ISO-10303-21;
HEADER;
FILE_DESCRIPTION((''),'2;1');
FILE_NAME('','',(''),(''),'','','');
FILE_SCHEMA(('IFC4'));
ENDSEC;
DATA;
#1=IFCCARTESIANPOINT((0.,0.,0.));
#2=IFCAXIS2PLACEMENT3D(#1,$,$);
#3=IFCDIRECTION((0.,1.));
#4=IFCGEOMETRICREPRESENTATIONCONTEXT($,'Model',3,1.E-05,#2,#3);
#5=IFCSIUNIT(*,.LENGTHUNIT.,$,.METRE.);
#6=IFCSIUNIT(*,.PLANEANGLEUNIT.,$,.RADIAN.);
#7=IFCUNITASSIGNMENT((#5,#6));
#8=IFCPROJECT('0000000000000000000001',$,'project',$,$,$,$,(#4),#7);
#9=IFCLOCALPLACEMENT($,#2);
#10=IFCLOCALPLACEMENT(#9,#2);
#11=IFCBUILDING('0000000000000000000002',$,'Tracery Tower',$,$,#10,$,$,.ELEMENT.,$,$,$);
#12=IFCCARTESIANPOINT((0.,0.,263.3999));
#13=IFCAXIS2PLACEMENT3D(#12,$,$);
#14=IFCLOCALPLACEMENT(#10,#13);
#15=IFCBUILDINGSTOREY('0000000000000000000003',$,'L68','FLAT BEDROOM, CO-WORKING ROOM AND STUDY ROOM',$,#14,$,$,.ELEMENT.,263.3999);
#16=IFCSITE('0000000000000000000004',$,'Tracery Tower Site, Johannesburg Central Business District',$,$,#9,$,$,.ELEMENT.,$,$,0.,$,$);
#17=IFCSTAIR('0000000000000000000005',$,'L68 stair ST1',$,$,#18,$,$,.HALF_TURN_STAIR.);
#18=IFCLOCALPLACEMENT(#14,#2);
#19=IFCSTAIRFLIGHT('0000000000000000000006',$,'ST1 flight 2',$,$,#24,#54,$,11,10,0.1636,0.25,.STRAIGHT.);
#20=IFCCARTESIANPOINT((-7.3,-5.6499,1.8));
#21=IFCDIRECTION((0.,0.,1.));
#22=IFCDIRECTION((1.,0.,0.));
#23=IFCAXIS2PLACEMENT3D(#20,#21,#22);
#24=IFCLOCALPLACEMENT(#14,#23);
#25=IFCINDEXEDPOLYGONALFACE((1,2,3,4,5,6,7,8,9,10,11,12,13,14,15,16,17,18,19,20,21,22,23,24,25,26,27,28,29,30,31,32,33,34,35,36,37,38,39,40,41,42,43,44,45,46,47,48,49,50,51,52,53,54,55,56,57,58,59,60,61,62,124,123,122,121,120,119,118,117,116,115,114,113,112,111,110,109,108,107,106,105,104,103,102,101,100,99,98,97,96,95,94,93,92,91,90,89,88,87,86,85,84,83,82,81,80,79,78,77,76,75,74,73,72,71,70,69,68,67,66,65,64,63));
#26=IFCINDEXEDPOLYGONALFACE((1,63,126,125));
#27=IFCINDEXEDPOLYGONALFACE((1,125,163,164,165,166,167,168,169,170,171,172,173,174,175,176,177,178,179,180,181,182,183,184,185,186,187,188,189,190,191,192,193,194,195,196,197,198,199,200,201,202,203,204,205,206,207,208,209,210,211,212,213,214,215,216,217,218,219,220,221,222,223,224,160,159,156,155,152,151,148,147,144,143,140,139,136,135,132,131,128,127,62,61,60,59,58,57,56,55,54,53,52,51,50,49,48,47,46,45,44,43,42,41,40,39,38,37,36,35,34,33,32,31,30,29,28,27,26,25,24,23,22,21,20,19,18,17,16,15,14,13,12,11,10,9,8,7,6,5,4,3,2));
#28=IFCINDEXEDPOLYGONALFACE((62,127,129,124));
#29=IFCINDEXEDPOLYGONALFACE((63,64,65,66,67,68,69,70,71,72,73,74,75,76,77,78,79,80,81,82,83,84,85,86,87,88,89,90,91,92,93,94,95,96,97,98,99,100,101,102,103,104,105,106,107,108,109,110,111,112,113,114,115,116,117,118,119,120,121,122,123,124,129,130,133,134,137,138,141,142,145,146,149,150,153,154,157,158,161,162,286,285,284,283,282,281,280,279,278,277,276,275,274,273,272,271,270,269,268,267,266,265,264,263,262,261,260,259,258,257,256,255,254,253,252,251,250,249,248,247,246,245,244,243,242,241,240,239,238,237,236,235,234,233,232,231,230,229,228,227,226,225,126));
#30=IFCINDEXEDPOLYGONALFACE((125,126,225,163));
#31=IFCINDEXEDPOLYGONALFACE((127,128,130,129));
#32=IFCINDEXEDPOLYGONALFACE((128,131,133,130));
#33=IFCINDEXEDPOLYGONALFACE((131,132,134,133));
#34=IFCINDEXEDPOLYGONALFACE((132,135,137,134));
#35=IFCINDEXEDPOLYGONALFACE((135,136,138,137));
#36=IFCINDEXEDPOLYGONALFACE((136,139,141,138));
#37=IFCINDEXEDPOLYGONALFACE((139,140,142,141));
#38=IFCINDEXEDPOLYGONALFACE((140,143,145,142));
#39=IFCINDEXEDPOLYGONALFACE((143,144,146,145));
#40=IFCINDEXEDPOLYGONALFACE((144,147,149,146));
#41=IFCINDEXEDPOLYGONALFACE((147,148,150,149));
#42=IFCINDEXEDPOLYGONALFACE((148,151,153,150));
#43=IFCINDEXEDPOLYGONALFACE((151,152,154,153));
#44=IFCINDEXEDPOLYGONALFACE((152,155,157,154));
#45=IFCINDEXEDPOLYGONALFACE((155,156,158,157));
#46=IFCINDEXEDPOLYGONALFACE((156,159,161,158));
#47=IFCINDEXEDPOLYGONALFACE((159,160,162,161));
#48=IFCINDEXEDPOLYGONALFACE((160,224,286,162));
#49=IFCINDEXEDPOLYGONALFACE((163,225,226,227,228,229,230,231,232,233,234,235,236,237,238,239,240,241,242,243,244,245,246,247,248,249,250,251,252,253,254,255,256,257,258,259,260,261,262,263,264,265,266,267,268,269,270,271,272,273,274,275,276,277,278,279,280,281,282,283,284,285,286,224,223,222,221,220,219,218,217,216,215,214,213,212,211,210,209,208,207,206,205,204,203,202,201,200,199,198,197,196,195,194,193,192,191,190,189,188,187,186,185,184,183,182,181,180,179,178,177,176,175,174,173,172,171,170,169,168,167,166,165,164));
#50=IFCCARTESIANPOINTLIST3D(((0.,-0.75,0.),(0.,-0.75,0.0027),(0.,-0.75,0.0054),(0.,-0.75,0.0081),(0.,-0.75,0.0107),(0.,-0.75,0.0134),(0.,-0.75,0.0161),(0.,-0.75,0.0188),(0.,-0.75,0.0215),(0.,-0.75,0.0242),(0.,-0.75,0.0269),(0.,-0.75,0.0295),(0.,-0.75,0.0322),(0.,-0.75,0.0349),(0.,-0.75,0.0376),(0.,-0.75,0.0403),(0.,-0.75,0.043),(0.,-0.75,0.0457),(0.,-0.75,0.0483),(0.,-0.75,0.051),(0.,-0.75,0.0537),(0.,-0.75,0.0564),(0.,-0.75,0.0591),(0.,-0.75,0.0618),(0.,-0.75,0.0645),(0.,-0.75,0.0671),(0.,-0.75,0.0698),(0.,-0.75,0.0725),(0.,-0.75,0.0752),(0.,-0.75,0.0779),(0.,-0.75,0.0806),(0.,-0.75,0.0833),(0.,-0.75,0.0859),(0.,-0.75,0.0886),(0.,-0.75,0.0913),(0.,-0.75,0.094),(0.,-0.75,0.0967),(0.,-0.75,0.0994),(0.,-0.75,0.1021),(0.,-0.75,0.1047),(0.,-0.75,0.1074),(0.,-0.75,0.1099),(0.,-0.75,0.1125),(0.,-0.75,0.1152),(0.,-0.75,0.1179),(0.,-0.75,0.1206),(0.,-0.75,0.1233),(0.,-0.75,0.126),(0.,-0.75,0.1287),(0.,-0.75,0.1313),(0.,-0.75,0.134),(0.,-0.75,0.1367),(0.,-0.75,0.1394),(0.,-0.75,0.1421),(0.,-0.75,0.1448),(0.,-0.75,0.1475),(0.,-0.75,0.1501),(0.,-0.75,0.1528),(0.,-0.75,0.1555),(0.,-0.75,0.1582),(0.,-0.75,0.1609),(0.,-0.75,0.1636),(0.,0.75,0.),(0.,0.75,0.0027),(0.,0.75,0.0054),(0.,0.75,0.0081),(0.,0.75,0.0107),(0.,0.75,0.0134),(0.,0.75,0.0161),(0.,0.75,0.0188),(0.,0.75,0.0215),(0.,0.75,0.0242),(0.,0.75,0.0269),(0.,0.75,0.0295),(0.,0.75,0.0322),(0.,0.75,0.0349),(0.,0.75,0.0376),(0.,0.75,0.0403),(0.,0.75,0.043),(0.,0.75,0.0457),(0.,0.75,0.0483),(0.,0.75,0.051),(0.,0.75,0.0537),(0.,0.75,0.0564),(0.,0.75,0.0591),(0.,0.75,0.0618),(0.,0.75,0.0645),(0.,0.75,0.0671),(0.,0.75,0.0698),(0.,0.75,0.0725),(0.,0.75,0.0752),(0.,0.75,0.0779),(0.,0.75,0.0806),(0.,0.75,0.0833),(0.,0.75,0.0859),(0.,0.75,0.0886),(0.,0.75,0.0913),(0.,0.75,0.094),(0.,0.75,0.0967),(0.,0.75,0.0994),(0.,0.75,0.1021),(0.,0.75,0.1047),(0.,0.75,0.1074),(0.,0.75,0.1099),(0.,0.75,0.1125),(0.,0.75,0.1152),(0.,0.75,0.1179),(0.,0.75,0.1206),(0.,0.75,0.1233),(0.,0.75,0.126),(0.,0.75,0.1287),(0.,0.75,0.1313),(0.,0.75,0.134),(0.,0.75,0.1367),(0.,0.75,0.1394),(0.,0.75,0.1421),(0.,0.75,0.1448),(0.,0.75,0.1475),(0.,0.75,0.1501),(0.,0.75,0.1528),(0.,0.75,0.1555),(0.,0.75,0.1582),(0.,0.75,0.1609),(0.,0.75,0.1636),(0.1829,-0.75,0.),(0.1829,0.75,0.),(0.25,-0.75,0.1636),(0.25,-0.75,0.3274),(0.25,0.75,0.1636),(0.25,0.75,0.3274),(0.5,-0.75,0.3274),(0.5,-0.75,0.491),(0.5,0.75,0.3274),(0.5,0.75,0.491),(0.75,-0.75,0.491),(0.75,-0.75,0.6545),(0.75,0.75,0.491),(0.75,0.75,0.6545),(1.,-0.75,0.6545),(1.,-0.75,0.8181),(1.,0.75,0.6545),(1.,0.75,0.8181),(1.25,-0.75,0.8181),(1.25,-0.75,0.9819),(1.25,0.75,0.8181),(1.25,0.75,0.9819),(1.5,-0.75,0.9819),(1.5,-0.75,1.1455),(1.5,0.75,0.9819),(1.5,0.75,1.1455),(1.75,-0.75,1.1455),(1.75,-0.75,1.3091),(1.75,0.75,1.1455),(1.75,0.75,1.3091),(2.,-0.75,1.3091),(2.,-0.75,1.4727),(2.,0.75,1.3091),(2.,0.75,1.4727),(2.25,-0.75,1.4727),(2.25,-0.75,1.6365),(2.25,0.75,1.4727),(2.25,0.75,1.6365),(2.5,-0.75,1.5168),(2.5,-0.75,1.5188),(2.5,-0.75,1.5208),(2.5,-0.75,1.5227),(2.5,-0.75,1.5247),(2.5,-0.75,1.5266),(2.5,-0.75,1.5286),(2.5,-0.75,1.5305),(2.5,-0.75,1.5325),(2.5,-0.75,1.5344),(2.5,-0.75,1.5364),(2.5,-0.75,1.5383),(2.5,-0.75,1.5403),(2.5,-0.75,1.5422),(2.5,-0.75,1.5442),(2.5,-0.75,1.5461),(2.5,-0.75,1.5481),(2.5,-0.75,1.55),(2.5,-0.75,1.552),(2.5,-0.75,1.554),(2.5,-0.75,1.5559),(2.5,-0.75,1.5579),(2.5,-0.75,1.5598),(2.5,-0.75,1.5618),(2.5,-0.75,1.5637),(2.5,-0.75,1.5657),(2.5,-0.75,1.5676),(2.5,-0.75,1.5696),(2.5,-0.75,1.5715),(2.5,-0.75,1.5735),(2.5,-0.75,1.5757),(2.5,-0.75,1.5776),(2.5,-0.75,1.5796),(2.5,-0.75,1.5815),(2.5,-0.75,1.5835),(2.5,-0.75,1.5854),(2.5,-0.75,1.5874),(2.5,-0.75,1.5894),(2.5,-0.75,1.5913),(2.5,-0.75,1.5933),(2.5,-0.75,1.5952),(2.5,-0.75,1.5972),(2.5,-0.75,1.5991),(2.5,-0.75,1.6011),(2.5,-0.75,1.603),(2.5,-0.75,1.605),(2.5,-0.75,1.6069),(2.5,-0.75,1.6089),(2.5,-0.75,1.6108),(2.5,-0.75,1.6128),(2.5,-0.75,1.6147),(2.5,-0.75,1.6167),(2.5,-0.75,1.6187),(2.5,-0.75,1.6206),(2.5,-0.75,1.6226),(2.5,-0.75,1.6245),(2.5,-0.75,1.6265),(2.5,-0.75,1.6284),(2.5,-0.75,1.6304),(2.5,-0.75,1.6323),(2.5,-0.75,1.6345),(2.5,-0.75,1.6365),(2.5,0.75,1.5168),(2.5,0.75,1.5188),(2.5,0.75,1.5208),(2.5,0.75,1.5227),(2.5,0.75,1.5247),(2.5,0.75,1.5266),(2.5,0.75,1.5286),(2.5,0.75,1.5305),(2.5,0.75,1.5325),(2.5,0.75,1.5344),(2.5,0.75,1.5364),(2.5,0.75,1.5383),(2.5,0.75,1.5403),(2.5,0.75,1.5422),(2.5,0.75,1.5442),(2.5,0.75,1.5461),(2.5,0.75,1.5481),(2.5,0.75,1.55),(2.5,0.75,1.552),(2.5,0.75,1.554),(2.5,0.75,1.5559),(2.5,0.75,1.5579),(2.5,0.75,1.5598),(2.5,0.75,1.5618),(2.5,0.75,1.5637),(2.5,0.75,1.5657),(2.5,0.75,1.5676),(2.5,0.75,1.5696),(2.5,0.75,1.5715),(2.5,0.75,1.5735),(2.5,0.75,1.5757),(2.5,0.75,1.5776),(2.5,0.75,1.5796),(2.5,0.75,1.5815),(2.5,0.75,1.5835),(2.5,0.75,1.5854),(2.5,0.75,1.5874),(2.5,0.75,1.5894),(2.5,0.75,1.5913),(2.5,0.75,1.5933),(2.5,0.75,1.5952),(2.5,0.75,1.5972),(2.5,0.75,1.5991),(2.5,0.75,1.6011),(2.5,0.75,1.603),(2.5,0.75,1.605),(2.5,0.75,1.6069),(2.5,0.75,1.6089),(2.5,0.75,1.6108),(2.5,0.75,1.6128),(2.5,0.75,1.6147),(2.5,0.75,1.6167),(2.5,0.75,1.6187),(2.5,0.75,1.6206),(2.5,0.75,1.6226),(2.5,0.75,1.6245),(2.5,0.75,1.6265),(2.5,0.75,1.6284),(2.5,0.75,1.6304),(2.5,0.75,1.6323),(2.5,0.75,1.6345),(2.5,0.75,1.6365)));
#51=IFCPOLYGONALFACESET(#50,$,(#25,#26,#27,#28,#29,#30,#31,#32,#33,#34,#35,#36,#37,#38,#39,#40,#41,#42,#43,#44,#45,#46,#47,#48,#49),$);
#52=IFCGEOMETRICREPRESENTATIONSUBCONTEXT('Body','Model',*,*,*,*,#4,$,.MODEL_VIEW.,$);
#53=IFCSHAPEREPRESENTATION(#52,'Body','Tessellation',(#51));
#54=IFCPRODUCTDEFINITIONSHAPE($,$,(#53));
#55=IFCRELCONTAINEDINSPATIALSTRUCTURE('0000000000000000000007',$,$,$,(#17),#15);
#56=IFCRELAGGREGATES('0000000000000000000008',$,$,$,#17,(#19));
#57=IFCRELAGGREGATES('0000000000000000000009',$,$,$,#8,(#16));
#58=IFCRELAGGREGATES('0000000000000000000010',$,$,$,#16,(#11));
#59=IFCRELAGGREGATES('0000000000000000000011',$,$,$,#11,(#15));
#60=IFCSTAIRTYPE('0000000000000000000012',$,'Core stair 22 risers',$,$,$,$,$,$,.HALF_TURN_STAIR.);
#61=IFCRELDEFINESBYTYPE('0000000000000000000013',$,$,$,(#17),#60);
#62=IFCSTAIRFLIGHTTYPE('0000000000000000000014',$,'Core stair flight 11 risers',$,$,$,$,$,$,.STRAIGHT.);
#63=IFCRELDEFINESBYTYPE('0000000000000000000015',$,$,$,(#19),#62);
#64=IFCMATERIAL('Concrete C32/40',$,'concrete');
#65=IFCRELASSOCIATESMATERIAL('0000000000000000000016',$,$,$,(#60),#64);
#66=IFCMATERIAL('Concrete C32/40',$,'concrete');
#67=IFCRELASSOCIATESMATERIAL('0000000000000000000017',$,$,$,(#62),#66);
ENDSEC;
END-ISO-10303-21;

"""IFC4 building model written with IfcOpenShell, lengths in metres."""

from ifc_helpers import new_model, si_unit, direction, frame, origin, place, context, subcontext, project, spatial, polyline, outline, extrude, material, type_object, element, aggregate, save


model = new_model("IFC4")

# Units and contexts
model_context = context("Model", 3, precision=1e-05, world=origin(), true_north=direction((0.0, 1.0)))
body_context = subcontext(model_context, "Body", "Model", "MODEL_VIEW")
ifc_project = project(units=[si_unit("LENGTHUNIT", "METRE"), si_unit("PLANEANGLEUNIT", "RADIAN")], contexts=[model_context])

# Site, building, storey
site_placement = place(None, origin())
site = spatial("IfcSite", under=ifc_project, at=site_placement, Name="Tracery Tower Site, Johannesburg Central Business District", CompositionType="ELEMENT", RefElevation=0.0)
building_placement = place(site_placement, origin())
building = spatial("IfcBuilding", under=site, at=building_placement, Name="Tracery Tower", CompositionType="ELEMENT")
storey_placement = place(building_placement, frame((0.0, 0.0, 263.3999)))
storey = spatial("IfcBuildingStorey", under=building, at=storey_placement, Name="L68", Description="FLAT BEDROOM, CO-WORKING ROOM AND STUDY ROOM", CompositionType="ELEMENT", Elevation=263.3999)

# Stair, stair flight
ifc_material_1 = material(Name="Concrete C32/40", Category="concrete")
stair_type = type_object("IfcStairType", Name="Core stair 22 risers", PredefinedType="HALF_TURN_STAIR", material=ifc_material_1)
stair_placement = place(storey_placement, origin())
stair = element("IfcStair", 1, at=stair_placement, inside=storey, type_object=stair_type, Name="L68 stair ST1", PredefinedType="HALF_TURN_STAIR")
ifc_material_2 = material(Name="Concrete C32/40", Category="concrete")
stair_flight_type = type_object("IfcStairFlightType", Name="Core stair flight 11 risers", PredefinedType="STRAIGHT", material=ifc_material_2)
stair_flight_1_placement = place(storey_placement, frame((-7.3, -5.6499, 1.8), z_axis=(0.0, 0.0, 1.0), x_axis=(1.0, 0.0, 0.0)))
stair_flight_1 = element("IfcStairFlight", 2, at=stair_flight_1_placement, type_object=stair_flight_type, Name="ST1 flight 2", NumberOfRisers=11, NumberOfTreads=10, PredefinedType="STRAIGHT", RiserHeight=0.1636, TreadLength=0.25, context=body_context, shape_type="SweptSolid", body=[
    extrude(outline(polyline([(0.0, 0.0), (0.0, 0.0027), (0.0, 0.0054), (0.0, 0.0081), (0.0, 0.0107), (0.0, 0.0134), (0.0, 0.0161), (0.0, 0.0188), (0.0, 0.0215), (0.0, 0.0242), (0.0, 0.0269), (0.0, 0.0295), (0.0, 0.0322), (0.0, 0.0349), (0.0, 0.0376), (0.0, 0.0403), (0.0, 0.043), (0.0, 0.0457), (0.0, 0.0483), (0.0, 0.051), (0.0, 0.0537), (0.0, 0.0564), (0.0, 0.0591), (0.0, 0.0618), (0.0, 0.0645), (0.0, 0.0671), (0.0, 0.0698), (0.0, 0.0725), (0.0, 0.0752), (0.0, 0.0779), (0.0, 0.0806), (0.0, 0.0833), (0.0, 0.0859), (0.0, 0.0886), (0.0, 0.0913), (0.0, 0.094), (0.0, 0.0967), (0.0, 0.0994), (0.0, 0.1021), (0.0, 0.1047), (0.0, 0.1074), (0.0, 0.1099), (0.0, 0.1125), (0.0, 0.1152), (0.0, 0.1179), (0.0, 0.1206), (0.0, 0.1233), (0.0, 0.126), (0.0, 0.1287), (0.0, 0.1313), (0.0, 0.134), (0.0, 0.1367), (0.0, 0.1394), (0.0, 0.1421), (0.0, 0.1448), (0.0, 0.1475), (0.0, 0.1501), (0.0, 0.1528), (0.0, 0.1555), (0.0, 0.1582), (0.0, 0.1609), (0.0, 0.1636), (0.25, 0.1636), (0.25, 0.3274), (0.5, 0.3274), (0.5, 0.491), (0.75, 0.491), (0.75, 0.6545), (1.0, 0.6545), (1.0, 0.8181), (1.25, 0.8181), (1.25, 0.9819), (1.5, 0.9819), (1.5, 1.1455), (1.75, 1.1455), (1.75, 1.3091), (2.0, 1.3091), (2.0, 1.4727), (2.25, 1.4727), (2.25, 1.6365), (2.5, 1.6365), (2.5, 1.6345), (2.5, 1.6323), (2.5, 1.6304), (2.5, 1.6284), (2.5, 1.6265), (2.5, 1.6245), (2.5, 1.6226), (2.5, 1.6206), (2.5, 1.6187), (2.5, 1.6167), (2.5, 1.6147), (2.5, 1.6128), (2.5, 1.6108), (2.5, 1.6089), (2.5, 1.6069), (2.5, 1.605), (2.5, 1.603), (2.5, 1.6011), (2.5, 1.5991), (2.5, 1.5972), (2.5, 1.5952), (2.5, 1.5933), (2.5, 1.5913), (2.5, 1.5894), (2.5, 1.5874), (2.5, 1.5854), (2.5, 1.5835), (2.5, 1.5815), (2.5, 1.5796), (2.5, 1.5776), (2.5, 1.5757), (2.5, 1.5735), (2.5, 1.5715), (2.5, 1.5696), (2.5, 1.5676), (2.5, 1.5657), (2.5, 1.5637), (2.5, 1.5618), (2.5, 1.5598), (2.5, 1.5579), (2.5, 1.5559), (2.5, 1.554), (2.5, 1.552), (2.5, 1.55), (2.5, 1.5481), (2.5, 1.5461), (2.5, 1.5442), (2.5, 1.5422), (2.5, 1.5403), (2.5, 1.5383), (2.5, 1.5364), (2.5, 1.5344), (2.5, 1.5325), (2.5, 1.5305), (2.5, 1.5286), (2.5, 1.5266), (2.5, 1.5247), (2.5, 1.5227), (2.5, 1.5208), (2.5, 1.5188), (2.5, 1.5168), (0.1829, 0.0), (0.0, 0.0)])), frame((0.0, 0.75, 0.0), z_axis=(0.0, -1.0, 0.0), x_axis=(1.0, 0.0, 0.0)), (0.0, 0.0, 1.0), 1.5),
])
aggregate(stair, [stair_flight_1])

save(model, "model.ifc")
